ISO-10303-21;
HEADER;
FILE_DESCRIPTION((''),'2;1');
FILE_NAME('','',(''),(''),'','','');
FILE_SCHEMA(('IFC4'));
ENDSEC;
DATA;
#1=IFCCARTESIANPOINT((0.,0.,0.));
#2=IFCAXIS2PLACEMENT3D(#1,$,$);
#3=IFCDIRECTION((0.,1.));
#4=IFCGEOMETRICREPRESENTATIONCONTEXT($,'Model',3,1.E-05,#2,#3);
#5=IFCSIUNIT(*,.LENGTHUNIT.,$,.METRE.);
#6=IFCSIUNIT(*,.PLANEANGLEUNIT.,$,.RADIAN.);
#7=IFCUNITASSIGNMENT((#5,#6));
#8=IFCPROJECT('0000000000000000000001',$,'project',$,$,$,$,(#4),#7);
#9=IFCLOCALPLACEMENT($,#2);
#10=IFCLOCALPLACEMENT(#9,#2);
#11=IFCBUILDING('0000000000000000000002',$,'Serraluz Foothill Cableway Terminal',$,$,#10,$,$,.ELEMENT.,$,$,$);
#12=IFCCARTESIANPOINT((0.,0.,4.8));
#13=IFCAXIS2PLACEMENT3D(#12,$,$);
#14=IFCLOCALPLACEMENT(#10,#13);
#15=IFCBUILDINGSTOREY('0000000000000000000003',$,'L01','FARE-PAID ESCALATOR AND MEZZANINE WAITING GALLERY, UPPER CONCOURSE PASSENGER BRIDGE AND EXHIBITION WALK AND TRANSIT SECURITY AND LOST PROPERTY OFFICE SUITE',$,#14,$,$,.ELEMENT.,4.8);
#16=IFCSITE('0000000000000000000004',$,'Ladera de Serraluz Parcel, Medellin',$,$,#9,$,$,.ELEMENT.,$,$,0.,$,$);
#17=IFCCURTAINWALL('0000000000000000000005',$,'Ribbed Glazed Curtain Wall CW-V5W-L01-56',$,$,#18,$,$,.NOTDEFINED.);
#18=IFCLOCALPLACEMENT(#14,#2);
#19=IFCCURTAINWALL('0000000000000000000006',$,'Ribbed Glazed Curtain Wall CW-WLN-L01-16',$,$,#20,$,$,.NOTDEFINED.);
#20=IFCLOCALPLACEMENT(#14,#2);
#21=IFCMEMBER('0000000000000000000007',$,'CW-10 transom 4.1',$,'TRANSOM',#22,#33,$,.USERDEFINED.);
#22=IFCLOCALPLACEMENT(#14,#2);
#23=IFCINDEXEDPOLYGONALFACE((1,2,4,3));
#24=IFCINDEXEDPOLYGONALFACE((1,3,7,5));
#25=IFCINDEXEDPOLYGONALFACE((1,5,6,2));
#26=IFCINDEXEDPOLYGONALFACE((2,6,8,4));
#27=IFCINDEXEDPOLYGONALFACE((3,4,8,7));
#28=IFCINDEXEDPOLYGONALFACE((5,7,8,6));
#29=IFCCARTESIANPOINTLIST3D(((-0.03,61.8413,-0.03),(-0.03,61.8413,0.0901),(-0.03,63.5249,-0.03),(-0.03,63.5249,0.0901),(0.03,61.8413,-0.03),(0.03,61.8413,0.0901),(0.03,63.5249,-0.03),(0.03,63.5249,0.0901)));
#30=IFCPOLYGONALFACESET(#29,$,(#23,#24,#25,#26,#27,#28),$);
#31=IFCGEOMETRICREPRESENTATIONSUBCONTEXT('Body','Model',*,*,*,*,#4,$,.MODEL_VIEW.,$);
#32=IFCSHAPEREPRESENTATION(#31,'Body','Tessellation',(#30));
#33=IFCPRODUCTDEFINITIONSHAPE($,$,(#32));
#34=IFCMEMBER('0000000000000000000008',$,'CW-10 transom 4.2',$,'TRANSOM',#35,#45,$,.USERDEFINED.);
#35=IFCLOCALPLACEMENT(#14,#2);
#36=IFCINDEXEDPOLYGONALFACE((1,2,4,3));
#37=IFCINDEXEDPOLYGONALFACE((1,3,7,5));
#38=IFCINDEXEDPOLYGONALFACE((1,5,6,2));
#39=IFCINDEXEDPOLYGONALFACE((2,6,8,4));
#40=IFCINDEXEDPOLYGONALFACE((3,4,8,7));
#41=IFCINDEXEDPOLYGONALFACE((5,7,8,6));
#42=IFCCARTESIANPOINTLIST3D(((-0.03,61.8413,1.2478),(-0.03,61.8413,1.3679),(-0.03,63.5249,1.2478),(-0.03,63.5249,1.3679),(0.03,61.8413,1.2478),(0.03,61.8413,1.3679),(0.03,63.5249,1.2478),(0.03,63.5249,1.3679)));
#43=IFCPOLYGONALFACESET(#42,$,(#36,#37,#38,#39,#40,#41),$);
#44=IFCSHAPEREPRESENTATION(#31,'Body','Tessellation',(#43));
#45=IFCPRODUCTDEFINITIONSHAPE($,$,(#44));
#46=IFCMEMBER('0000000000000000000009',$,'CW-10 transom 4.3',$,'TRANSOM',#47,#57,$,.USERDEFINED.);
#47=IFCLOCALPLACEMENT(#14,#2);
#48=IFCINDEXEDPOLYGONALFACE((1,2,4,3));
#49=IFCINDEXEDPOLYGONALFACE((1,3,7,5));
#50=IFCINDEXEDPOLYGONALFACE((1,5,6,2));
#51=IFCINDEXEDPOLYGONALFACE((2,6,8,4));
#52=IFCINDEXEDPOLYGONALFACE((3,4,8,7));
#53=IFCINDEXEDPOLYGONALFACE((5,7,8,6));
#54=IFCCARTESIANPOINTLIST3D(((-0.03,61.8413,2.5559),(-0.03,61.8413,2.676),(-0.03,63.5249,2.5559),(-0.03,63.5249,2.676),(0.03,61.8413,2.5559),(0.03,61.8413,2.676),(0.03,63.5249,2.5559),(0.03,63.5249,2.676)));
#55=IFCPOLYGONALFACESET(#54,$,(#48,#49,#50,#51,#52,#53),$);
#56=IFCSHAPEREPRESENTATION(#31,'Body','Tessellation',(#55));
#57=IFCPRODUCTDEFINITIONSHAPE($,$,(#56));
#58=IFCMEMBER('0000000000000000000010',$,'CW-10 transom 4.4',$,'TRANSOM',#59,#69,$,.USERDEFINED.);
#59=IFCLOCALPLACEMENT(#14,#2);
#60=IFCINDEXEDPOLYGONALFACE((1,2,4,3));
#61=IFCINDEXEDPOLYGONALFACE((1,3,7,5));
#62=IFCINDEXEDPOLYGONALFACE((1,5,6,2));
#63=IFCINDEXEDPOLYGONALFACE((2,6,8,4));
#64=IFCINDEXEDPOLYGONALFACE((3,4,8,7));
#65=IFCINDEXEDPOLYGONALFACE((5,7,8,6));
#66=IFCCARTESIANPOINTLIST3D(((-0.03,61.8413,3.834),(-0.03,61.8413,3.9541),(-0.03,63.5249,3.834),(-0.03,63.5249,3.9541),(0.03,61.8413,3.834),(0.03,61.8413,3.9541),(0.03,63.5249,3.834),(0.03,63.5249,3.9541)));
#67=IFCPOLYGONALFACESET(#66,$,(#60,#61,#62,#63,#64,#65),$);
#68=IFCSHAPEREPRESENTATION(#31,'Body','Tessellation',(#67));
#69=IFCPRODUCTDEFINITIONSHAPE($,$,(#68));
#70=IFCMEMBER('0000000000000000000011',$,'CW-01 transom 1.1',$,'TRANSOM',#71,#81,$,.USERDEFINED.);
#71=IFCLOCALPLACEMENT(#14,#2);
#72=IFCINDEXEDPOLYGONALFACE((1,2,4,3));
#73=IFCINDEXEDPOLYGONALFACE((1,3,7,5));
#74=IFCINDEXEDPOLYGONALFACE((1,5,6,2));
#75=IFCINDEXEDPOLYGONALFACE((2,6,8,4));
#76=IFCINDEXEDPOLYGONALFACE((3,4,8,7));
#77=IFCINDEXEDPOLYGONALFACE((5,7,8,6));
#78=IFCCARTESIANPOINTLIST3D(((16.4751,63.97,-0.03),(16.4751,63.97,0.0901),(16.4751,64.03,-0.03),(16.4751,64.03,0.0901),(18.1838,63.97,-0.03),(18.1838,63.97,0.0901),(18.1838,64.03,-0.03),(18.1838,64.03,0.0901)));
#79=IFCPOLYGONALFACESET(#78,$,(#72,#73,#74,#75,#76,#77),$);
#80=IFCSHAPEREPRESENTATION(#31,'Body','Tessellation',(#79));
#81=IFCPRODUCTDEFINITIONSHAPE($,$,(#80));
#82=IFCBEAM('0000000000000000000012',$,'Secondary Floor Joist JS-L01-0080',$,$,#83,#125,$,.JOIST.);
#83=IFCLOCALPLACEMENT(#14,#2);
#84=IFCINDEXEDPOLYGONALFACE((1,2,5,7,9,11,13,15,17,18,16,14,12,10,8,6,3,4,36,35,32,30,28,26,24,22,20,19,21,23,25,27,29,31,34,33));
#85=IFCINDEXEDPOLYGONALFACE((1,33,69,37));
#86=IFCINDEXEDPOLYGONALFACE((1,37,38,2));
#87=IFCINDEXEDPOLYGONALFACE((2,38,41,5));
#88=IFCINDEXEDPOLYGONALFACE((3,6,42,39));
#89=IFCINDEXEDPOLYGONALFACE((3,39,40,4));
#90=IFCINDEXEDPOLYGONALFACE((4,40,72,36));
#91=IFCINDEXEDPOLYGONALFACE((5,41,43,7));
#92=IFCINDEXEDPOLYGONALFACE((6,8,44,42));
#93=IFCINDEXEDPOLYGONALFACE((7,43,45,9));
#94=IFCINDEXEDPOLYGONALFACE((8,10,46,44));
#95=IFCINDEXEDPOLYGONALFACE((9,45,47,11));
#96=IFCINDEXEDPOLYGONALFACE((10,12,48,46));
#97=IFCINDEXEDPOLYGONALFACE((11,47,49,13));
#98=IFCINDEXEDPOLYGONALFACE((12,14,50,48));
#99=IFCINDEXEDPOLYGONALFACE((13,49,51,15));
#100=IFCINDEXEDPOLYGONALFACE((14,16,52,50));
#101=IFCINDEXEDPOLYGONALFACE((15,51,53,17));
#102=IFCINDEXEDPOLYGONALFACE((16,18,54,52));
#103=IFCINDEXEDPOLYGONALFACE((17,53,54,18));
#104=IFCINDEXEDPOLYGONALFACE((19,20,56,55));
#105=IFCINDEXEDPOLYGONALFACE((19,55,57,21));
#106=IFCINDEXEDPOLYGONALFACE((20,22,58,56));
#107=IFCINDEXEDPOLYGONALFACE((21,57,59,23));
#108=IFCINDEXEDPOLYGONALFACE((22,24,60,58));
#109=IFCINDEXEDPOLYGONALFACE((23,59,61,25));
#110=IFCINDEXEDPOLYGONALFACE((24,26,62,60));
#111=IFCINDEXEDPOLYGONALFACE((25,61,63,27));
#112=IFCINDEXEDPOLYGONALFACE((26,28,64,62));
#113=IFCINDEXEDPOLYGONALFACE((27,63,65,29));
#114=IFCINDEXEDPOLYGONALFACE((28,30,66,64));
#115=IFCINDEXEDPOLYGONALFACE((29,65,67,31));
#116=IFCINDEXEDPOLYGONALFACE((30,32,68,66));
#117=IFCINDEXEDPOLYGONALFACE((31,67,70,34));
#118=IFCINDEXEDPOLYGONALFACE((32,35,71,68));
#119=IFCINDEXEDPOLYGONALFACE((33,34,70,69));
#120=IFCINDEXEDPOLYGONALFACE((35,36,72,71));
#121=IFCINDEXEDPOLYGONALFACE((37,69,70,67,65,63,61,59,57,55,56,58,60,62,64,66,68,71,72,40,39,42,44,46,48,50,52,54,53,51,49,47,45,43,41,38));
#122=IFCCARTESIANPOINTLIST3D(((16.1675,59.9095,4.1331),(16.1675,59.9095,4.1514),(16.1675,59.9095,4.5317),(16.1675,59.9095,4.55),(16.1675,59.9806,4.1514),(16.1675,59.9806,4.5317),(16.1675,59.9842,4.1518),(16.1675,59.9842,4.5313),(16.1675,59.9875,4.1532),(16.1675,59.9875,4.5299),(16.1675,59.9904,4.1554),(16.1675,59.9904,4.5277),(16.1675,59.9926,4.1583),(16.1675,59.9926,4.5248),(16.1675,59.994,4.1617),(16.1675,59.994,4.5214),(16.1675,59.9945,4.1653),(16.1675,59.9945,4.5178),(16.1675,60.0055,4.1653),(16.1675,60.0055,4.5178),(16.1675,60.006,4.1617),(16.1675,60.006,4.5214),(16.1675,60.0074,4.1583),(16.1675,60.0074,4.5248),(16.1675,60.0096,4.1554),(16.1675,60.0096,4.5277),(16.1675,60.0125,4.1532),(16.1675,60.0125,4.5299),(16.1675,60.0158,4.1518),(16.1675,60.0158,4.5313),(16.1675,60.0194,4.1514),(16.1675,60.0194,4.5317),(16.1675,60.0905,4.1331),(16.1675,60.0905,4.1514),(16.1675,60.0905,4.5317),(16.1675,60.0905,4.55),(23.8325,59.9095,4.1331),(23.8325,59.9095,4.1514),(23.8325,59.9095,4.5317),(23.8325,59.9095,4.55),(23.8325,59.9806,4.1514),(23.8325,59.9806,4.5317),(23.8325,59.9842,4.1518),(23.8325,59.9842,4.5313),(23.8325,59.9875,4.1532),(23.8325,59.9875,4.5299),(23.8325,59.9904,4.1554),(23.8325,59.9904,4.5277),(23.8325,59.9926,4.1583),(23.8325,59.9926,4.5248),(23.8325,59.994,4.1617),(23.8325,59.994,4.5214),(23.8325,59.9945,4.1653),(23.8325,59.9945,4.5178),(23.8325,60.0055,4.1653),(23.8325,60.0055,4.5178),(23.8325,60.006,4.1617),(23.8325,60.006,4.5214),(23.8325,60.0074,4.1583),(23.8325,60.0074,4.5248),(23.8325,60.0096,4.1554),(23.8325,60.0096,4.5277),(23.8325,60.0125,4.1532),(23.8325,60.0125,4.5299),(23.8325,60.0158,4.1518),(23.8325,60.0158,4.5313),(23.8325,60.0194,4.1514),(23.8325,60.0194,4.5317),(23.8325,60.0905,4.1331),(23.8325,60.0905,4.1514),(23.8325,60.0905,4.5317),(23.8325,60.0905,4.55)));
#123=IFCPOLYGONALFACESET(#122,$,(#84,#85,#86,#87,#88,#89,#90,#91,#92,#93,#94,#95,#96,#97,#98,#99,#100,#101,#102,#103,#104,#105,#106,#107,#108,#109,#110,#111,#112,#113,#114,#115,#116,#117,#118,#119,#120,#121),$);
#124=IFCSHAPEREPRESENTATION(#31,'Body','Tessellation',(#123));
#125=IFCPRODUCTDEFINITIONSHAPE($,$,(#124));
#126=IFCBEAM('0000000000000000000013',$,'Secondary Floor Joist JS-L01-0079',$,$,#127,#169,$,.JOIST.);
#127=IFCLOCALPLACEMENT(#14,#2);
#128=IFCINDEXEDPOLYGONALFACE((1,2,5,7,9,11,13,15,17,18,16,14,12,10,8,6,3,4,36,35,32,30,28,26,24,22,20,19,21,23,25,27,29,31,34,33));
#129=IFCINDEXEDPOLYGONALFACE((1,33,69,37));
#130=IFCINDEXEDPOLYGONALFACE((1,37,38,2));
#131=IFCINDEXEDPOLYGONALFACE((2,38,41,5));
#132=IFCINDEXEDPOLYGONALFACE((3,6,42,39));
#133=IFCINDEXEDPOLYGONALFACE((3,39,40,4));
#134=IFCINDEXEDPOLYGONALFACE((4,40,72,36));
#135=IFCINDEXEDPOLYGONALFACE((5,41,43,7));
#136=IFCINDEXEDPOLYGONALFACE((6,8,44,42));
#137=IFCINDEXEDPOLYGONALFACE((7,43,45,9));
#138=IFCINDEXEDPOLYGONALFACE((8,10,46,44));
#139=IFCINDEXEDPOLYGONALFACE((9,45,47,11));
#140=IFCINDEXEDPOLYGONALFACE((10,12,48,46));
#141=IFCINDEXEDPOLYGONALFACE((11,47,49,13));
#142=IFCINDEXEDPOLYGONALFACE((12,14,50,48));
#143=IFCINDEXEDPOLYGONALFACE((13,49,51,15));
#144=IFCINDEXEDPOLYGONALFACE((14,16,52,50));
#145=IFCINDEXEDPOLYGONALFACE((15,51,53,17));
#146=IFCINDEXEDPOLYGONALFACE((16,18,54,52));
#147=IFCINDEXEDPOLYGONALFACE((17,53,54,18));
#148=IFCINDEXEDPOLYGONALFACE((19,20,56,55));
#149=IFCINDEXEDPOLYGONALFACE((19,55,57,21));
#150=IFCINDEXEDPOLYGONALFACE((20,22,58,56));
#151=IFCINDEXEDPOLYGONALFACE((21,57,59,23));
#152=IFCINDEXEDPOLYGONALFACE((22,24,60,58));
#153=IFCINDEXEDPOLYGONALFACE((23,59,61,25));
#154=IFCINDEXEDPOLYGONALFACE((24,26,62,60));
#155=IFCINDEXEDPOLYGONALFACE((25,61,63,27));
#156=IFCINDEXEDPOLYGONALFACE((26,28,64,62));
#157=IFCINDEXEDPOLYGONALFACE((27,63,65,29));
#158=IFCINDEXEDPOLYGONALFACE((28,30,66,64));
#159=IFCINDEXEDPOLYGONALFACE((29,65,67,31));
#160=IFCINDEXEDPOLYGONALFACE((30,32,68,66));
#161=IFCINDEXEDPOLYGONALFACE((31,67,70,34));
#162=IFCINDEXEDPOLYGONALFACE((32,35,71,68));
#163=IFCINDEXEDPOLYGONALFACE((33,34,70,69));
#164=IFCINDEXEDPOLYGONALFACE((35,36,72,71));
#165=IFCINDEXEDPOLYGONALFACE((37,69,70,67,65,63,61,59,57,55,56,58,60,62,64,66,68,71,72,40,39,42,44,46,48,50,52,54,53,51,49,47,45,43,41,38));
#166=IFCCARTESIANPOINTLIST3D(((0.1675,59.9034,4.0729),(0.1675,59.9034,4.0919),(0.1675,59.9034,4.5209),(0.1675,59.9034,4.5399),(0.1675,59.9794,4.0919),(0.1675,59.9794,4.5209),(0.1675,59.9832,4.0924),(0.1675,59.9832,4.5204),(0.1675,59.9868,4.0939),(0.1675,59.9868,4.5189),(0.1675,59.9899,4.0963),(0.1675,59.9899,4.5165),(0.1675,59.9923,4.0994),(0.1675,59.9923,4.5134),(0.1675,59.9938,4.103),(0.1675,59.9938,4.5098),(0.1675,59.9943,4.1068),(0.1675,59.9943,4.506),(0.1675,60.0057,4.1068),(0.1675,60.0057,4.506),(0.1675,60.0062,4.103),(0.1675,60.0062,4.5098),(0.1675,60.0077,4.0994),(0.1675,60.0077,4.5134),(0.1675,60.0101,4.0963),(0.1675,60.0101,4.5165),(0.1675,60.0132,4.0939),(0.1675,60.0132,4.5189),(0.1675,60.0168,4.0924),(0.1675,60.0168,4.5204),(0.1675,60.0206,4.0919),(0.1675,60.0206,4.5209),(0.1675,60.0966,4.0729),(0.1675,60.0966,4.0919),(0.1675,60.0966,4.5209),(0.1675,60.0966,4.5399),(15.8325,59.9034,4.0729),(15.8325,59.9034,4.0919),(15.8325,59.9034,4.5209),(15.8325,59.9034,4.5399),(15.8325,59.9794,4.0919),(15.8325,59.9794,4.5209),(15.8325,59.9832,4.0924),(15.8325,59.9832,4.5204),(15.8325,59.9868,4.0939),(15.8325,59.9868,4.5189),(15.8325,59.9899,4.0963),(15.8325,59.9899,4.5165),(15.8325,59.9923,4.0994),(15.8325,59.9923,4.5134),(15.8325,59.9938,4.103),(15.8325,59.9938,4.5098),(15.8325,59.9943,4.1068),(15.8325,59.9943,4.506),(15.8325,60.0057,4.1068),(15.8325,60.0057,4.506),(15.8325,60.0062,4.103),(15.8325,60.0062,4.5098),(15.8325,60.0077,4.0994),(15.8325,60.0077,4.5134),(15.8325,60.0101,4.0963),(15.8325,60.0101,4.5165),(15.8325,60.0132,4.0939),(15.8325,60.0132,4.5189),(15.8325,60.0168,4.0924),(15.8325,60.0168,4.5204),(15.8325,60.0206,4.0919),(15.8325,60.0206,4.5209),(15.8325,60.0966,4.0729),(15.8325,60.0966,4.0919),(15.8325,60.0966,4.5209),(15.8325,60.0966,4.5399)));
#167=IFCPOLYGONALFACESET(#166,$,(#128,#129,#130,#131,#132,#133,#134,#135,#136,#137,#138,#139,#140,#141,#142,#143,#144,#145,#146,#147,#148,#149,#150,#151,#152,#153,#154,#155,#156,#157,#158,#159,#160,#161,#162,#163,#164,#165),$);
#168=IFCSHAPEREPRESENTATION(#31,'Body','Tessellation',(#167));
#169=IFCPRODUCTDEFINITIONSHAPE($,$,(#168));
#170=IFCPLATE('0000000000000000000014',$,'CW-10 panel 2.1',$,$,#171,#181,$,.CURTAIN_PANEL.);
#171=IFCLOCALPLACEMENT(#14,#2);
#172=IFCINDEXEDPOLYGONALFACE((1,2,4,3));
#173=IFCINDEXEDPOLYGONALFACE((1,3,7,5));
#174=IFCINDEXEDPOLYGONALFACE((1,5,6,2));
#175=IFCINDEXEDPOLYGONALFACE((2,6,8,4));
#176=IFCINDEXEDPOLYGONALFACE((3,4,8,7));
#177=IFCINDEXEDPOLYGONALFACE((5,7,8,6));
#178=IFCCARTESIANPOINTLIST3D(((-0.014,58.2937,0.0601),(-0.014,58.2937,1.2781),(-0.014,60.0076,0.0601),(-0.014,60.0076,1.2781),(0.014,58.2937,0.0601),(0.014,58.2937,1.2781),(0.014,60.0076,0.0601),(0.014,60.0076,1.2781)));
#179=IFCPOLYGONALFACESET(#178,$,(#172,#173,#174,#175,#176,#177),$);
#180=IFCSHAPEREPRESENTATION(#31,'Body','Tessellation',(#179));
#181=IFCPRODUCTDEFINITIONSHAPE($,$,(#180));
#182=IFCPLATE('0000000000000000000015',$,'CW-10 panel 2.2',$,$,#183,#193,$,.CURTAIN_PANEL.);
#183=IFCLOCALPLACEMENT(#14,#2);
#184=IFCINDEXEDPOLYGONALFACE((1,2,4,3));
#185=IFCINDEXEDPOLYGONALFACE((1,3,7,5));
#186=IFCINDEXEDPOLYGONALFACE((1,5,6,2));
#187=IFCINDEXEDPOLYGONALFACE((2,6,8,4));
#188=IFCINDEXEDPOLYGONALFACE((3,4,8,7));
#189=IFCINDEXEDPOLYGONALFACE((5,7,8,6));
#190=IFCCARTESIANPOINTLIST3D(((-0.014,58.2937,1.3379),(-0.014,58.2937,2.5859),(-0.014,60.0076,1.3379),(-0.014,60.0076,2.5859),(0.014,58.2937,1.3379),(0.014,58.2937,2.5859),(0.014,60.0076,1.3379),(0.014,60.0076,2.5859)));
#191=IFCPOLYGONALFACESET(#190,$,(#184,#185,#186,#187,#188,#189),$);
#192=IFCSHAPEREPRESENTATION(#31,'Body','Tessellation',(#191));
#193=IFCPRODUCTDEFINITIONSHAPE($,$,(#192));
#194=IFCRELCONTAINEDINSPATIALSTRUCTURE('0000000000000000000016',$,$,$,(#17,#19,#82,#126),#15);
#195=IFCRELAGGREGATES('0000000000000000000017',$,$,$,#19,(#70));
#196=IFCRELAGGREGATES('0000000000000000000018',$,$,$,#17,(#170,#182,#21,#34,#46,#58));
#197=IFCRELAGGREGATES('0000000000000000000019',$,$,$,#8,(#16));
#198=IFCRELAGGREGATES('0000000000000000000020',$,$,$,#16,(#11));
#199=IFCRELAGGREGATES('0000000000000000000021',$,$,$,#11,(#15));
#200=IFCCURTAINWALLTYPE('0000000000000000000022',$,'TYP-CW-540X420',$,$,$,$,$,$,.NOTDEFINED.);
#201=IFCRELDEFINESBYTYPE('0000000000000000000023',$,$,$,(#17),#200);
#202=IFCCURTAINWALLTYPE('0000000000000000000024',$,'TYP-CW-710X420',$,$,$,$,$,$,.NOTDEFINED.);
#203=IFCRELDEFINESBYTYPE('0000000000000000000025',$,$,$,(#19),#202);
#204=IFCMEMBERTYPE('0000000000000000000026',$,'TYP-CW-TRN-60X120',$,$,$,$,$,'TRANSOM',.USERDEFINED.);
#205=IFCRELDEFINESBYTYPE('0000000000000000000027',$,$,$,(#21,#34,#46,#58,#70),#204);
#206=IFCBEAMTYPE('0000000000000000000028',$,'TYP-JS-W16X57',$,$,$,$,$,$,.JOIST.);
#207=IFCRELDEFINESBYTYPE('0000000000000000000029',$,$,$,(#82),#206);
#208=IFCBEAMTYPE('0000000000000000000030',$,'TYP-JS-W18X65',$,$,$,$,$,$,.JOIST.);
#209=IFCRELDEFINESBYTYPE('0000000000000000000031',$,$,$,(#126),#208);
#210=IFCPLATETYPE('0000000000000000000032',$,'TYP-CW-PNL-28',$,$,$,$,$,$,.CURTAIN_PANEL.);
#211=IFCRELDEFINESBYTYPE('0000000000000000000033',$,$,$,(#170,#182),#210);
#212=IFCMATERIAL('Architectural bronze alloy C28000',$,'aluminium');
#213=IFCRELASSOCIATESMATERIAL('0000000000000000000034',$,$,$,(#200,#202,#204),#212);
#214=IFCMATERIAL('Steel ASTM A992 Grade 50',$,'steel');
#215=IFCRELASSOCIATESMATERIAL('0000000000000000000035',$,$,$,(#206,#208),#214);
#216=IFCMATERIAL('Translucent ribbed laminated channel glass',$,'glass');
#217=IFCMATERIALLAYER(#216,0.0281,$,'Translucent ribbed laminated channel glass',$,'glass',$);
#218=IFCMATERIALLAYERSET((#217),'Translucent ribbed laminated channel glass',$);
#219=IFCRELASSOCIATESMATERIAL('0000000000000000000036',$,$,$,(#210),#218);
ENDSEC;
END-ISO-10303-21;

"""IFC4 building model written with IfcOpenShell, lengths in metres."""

from ifc_helpers import new_model, si_unit, direction, frame, origin, origin_2d, place, context, subcontext, project, spatial, rectangle, i_section, extrude, material, layer, layer_set, material_profile, profile_set, type_object, element, aggregate, save


model = new_model("IFC4")

# Units and contexts
model_context = context("Model", 3, precision=1e-05, world=origin(), true_north=direction((0.0, 1.0)))
body_context = subcontext(model_context, "Body", "Model", "MODEL_VIEW")
ifc_project = project(units=[si_unit("LENGTHUNIT", "METRE"), si_unit("PLANEANGLEUNIT", "RADIAN")], contexts=[model_context])

# Site, building, storey
site_placement = place(None, origin())
site = spatial("IfcSite", under=ifc_project, at=site_placement, Name="Ladera de Serraluz Parcel, Medellin", CompositionType="ELEMENT", RefElevation=0.0)
building_placement = place(site_placement, origin())
building = spatial("IfcBuilding", under=site, at=building_placement, Name="Serraluz Foothill Cableway Terminal", CompositionType="ELEMENT")
storey_placement = place(building_placement, frame((0.0, 0.0, 4.8)))
storey = spatial("IfcBuildingStorey", under=building, at=storey_placement, Name="L01", Description="FARE-PAID ESCALATOR AND MEZZANINE WAITING GALLERY, UPPER CONCOURSE PASSENGER BRIDGE AND EXHIBITION WALK AND TRANSIT SECURITY AND LOST PROPERTY OFFICE SUITE", CompositionType="ELEMENT", Elevation=4.8)

# Curtain wall
ifc_material_1 = material(Name="Architectural bronze alloy C28000", Category="aluminium")
curtain_wall_type_1 = type_object("IfcCurtainWallType", Name="TYP-CW-540X420", PredefinedType="NOTDEFINED", material=ifc_material_1)
curtain_wall_1_placement = place(storey_placement, origin())
curtain_wall_1 = element("IfcCurtainWall", 1, at=curtain_wall_1_placement, inside=storey, type_object=curtain_wall_type_1, Name="Ribbed Glazed Curtain Wall CW-V5W-L01-56", PredefinedType="NOTDEFINED")

# Curtain wall
curtain_wall_type_2 = type_object("IfcCurtainWallType", Name="TYP-CW-710X420", PredefinedType="NOTDEFINED", material=ifc_material_1)
curtain_wall_2_placement = place(storey_placement, origin())
curtain_wall_2 = element("IfcCurtainWall", 2, at=curtain_wall_2_placement, inside=storey, type_object=curtain_wall_type_2, Name="Ribbed Glazed Curtain Wall CW-WLN-L01-16", PredefinedType="NOTDEFINED")

# Members
ifc_material_profile_1 = material_profile(ifc_material_1, rectangle(XDim=0.0601, YDim=0.1201, at=origin_2d()), Name="ALU TRANSOM 60x120")
ifc_profile_set_1 = profile_set([ifc_material_profile_1], Name="Architectural bronze alloy C28000")
member_type_1 = type_object("IfcMemberType", Name="TYP-CW-TRN-60X120", ElementType="TRANSOM", PredefinedType="USERDEFINED", material=ifc_profile_set_1)
member_1_placement = place(storey_placement, frame((0.0, 61.8413, 0.03), z_axis=(0.0, 1.0, 0.0), x_axis=(-1.0, 0.0, 0.0)))
member_1 = element("IfcMember", 3, at=member_1_placement, type_object=member_type_1, Name="CW-10 transom 4.1", ObjectType="TRANSOM", PredefinedType="USERDEFINED", context=body_context, shape_type="SweptSolid", body=[
    extrude(rectangle(XDim=0.0601, YDim=0.1201, at=origin_2d()), origin(), (0.0, 0.0, 1.0), 1.6836),
])
member_2_placement = place(storey_placement, frame((0.0, 61.8413, 1.3079), z_axis=(0.0, 1.0, 0.0), x_axis=(-1.0, 0.0, 0.0)))
member_2 = element("IfcMember", 4, at=member_2_placement, type_object=member_type_1, Name="CW-10 transom 4.2", ObjectType="TRANSOM", PredefinedType="USERDEFINED", context=body_context, shape_type="SweptSolid", body=[
    extrude(rectangle(XDim=0.0601, YDim=0.1201, at=origin_2d()), origin(), (0.0, 0.0, 1.0), 1.6836),
])
member_3_placement = place(storey_placement, frame((0.0, 61.8413, 2.616), z_axis=(0.0, 1.0, 0.0), x_axis=(-1.0, 0.0, 0.0)))
member_3 = element("IfcMember", 5, at=member_3_placement, type_object=member_type_1, Name="CW-10 transom 4.3", ObjectType="TRANSOM", PredefinedType="USERDEFINED", context=body_context, shape_type="SweptSolid", body=[
    extrude(rectangle(XDim=0.0601, YDim=0.1201, at=origin_2d()), origin(), (0.0, 0.0, 1.0), 1.6836),
])
member_4_placement = place(storey_placement, frame((0.0, 61.8413, 3.894), z_axis=(0.0, 1.0, 0.0), x_axis=(-1.0, 0.0, 0.0)))
member_4 = element("IfcMember", 6, at=member_4_placement, type_object=member_type_1, Name="CW-10 transom 4.4", ObjectType="TRANSOM", PredefinedType="USERDEFINED", context=body_context, shape_type="SweptSolid", body=[
    extrude(rectangle(XDim=0.0601, YDim=0.1201, at=origin_2d()), origin(), (0.0, 0.0, 1.0), 1.6836),
])
member_5_placement = place(storey_placement, frame((16.4751, 64.0, 0.03), z_axis=(1.0, 0.0, 0.0), x_axis=(0.0, 1.0, 0.0)))
member_5 = element("IfcMember", 7, at=member_5_placement, type_object=member_type_1, Name="CW-01 transom 1.1", ObjectType="TRANSOM", PredefinedType="USERDEFINED", context=body_context, shape_type="SweptSolid", body=[
    extrude(rectangle(XDim=0.0601, YDim=0.1201, at=origin_2d()), origin(), (0.0, 0.0, 1.0), 1.7087),
])
aggregate(curtain_wall_2, [member_5])

# Beams
ifc_material_2 = material(Name="Steel ASTM A992 Grade 50", Category="steel")
ifc_material_profile_2 = material_profile(ifc_material_2, i_section(OverallWidth=0.1809, OverallDepth=0.417, WebThickness=0.011, FlangeThickness=0.0183, FilletRadius=0.0139, at=origin_2d()), Name="W16X57")
ifc_profile_set_2 = profile_set([ifc_material_profile_2], Name="Steel ASTM A992 Grade 50")
beam_type_1 = type_object("IfcBeamType", Name="TYP-JS-W16X57", PredefinedType="JOIST", material=ifc_profile_set_2)
beam_1_placement = place(storey_placement, frame((16.1675, 60.0, 4.3416), z_axis=(1.0, 0.0, 0.0), x_axis=(0.0, 1.0, 0.0)))
element("IfcBeam", 8, at=beam_1_placement, inside=storey, type_object=beam_type_1, Name="Secondary Floor Joist JS-L01-0080", PredefinedType="JOIST", context=body_context, shape_type="SweptSolid", body=[
    extrude(i_section(OverallWidth=0.1809, OverallDepth=0.417, WebThickness=0.011, FlangeThickness=0.0183, FilletRadius=0.0139, at=origin_2d()), origin(), (0.0, 0.0, 1.0), 7.665),
])
ifc_material_profile_3 = material_profile(ifc_material_2, i_section(OverallWidth=0.1931, OverallDepth=0.467, WebThickness=0.0115, FlangeThickness=0.019, FilletRadius=0.0149, at=origin_2d()), Name="W18X65")
ifc_profile_set_3 = profile_set([ifc_material_profile_3], Name="Steel ASTM A992 Grade 50")
beam_type_2 = type_object("IfcBeamType", Name="TYP-JS-W18X65", PredefinedType="JOIST", material=ifc_profile_set_3)
beam_2_placement = place(storey_placement, frame((0.1675, 60.0, 4.3064), z_axis=(1.0, 0.0, 0.0), x_axis=(0.0, 1.0, 0.0)))
element("IfcBeam", 9, at=beam_2_placement, inside=storey, type_object=beam_type_2, Name="Secondary Floor Joist JS-L01-0079", PredefinedType="JOIST", context=body_context, shape_type="SweptSolid", body=[
    extrude(i_section(OverallWidth=0.1931, OverallDepth=0.467, WebThickness=0.0115, FlangeThickness=0.019, FilletRadius=0.0149, at=origin_2d()), origin(), (0.0, 0.0, 1.0), 15.665),
])

# Plates
ifc_material_3 = material(Name="Translucent ribbed laminated channel glass", Category="glass")
ifc_layer_1 = layer(ifc_material_3, 0.0281, Name="Translucent ribbed laminated channel glass", Category="glass")
ifc_layer_set_1 = layer_set([ifc_layer_1], Name="Translucent ribbed laminated channel glass")
plate_type = type_object("IfcPlateType", Name="TYP-CW-PNL-28", PredefinedType="CURTAIN_PANEL", material=ifc_layer_set_1)
plate_1_placement = place(storey_placement, frame((0.0, 59.1506, 0.0601), z_axis=(0.0, 0.0, 1.0), x_axis=(0.0, 1.0, 0.0)))
plate_1 = element("IfcPlate", 10, at=plate_1_placement, type_object=plate_type, Name="CW-10 panel 2.1", PredefinedType="CURTAIN_PANEL", context=body_context, shape_type="SweptSolid", body=[
    extrude(rectangle(XDim=1.7139, YDim=0.0281, at=origin_2d()), origin(), (0.0, 0.0, 1.0), 1.218),
])
plate_2_placement = place(storey_placement, frame((0.0, 59.1506, 1.3379), z_axis=(0.0, 0.0, 1.0), x_axis=(0.0, 1.0, 0.0)))
plate_2 = element("IfcPlate", 11, at=plate_2_placement, type_object=plate_type, Name="CW-10 panel 2.2", PredefinedType="CURTAIN_PANEL", context=body_context, shape_type="SweptSolid", body=[
    extrude(rectangle(XDim=1.7139, YDim=0.0281, at=origin_2d()), origin(), (0.0, 0.0, 1.0), 1.248),
])
aggregate(curtain_wall_1, [plate_1, plate_2, member_1, member_2, member_3, member_4])

save(model, "model.ifc")
